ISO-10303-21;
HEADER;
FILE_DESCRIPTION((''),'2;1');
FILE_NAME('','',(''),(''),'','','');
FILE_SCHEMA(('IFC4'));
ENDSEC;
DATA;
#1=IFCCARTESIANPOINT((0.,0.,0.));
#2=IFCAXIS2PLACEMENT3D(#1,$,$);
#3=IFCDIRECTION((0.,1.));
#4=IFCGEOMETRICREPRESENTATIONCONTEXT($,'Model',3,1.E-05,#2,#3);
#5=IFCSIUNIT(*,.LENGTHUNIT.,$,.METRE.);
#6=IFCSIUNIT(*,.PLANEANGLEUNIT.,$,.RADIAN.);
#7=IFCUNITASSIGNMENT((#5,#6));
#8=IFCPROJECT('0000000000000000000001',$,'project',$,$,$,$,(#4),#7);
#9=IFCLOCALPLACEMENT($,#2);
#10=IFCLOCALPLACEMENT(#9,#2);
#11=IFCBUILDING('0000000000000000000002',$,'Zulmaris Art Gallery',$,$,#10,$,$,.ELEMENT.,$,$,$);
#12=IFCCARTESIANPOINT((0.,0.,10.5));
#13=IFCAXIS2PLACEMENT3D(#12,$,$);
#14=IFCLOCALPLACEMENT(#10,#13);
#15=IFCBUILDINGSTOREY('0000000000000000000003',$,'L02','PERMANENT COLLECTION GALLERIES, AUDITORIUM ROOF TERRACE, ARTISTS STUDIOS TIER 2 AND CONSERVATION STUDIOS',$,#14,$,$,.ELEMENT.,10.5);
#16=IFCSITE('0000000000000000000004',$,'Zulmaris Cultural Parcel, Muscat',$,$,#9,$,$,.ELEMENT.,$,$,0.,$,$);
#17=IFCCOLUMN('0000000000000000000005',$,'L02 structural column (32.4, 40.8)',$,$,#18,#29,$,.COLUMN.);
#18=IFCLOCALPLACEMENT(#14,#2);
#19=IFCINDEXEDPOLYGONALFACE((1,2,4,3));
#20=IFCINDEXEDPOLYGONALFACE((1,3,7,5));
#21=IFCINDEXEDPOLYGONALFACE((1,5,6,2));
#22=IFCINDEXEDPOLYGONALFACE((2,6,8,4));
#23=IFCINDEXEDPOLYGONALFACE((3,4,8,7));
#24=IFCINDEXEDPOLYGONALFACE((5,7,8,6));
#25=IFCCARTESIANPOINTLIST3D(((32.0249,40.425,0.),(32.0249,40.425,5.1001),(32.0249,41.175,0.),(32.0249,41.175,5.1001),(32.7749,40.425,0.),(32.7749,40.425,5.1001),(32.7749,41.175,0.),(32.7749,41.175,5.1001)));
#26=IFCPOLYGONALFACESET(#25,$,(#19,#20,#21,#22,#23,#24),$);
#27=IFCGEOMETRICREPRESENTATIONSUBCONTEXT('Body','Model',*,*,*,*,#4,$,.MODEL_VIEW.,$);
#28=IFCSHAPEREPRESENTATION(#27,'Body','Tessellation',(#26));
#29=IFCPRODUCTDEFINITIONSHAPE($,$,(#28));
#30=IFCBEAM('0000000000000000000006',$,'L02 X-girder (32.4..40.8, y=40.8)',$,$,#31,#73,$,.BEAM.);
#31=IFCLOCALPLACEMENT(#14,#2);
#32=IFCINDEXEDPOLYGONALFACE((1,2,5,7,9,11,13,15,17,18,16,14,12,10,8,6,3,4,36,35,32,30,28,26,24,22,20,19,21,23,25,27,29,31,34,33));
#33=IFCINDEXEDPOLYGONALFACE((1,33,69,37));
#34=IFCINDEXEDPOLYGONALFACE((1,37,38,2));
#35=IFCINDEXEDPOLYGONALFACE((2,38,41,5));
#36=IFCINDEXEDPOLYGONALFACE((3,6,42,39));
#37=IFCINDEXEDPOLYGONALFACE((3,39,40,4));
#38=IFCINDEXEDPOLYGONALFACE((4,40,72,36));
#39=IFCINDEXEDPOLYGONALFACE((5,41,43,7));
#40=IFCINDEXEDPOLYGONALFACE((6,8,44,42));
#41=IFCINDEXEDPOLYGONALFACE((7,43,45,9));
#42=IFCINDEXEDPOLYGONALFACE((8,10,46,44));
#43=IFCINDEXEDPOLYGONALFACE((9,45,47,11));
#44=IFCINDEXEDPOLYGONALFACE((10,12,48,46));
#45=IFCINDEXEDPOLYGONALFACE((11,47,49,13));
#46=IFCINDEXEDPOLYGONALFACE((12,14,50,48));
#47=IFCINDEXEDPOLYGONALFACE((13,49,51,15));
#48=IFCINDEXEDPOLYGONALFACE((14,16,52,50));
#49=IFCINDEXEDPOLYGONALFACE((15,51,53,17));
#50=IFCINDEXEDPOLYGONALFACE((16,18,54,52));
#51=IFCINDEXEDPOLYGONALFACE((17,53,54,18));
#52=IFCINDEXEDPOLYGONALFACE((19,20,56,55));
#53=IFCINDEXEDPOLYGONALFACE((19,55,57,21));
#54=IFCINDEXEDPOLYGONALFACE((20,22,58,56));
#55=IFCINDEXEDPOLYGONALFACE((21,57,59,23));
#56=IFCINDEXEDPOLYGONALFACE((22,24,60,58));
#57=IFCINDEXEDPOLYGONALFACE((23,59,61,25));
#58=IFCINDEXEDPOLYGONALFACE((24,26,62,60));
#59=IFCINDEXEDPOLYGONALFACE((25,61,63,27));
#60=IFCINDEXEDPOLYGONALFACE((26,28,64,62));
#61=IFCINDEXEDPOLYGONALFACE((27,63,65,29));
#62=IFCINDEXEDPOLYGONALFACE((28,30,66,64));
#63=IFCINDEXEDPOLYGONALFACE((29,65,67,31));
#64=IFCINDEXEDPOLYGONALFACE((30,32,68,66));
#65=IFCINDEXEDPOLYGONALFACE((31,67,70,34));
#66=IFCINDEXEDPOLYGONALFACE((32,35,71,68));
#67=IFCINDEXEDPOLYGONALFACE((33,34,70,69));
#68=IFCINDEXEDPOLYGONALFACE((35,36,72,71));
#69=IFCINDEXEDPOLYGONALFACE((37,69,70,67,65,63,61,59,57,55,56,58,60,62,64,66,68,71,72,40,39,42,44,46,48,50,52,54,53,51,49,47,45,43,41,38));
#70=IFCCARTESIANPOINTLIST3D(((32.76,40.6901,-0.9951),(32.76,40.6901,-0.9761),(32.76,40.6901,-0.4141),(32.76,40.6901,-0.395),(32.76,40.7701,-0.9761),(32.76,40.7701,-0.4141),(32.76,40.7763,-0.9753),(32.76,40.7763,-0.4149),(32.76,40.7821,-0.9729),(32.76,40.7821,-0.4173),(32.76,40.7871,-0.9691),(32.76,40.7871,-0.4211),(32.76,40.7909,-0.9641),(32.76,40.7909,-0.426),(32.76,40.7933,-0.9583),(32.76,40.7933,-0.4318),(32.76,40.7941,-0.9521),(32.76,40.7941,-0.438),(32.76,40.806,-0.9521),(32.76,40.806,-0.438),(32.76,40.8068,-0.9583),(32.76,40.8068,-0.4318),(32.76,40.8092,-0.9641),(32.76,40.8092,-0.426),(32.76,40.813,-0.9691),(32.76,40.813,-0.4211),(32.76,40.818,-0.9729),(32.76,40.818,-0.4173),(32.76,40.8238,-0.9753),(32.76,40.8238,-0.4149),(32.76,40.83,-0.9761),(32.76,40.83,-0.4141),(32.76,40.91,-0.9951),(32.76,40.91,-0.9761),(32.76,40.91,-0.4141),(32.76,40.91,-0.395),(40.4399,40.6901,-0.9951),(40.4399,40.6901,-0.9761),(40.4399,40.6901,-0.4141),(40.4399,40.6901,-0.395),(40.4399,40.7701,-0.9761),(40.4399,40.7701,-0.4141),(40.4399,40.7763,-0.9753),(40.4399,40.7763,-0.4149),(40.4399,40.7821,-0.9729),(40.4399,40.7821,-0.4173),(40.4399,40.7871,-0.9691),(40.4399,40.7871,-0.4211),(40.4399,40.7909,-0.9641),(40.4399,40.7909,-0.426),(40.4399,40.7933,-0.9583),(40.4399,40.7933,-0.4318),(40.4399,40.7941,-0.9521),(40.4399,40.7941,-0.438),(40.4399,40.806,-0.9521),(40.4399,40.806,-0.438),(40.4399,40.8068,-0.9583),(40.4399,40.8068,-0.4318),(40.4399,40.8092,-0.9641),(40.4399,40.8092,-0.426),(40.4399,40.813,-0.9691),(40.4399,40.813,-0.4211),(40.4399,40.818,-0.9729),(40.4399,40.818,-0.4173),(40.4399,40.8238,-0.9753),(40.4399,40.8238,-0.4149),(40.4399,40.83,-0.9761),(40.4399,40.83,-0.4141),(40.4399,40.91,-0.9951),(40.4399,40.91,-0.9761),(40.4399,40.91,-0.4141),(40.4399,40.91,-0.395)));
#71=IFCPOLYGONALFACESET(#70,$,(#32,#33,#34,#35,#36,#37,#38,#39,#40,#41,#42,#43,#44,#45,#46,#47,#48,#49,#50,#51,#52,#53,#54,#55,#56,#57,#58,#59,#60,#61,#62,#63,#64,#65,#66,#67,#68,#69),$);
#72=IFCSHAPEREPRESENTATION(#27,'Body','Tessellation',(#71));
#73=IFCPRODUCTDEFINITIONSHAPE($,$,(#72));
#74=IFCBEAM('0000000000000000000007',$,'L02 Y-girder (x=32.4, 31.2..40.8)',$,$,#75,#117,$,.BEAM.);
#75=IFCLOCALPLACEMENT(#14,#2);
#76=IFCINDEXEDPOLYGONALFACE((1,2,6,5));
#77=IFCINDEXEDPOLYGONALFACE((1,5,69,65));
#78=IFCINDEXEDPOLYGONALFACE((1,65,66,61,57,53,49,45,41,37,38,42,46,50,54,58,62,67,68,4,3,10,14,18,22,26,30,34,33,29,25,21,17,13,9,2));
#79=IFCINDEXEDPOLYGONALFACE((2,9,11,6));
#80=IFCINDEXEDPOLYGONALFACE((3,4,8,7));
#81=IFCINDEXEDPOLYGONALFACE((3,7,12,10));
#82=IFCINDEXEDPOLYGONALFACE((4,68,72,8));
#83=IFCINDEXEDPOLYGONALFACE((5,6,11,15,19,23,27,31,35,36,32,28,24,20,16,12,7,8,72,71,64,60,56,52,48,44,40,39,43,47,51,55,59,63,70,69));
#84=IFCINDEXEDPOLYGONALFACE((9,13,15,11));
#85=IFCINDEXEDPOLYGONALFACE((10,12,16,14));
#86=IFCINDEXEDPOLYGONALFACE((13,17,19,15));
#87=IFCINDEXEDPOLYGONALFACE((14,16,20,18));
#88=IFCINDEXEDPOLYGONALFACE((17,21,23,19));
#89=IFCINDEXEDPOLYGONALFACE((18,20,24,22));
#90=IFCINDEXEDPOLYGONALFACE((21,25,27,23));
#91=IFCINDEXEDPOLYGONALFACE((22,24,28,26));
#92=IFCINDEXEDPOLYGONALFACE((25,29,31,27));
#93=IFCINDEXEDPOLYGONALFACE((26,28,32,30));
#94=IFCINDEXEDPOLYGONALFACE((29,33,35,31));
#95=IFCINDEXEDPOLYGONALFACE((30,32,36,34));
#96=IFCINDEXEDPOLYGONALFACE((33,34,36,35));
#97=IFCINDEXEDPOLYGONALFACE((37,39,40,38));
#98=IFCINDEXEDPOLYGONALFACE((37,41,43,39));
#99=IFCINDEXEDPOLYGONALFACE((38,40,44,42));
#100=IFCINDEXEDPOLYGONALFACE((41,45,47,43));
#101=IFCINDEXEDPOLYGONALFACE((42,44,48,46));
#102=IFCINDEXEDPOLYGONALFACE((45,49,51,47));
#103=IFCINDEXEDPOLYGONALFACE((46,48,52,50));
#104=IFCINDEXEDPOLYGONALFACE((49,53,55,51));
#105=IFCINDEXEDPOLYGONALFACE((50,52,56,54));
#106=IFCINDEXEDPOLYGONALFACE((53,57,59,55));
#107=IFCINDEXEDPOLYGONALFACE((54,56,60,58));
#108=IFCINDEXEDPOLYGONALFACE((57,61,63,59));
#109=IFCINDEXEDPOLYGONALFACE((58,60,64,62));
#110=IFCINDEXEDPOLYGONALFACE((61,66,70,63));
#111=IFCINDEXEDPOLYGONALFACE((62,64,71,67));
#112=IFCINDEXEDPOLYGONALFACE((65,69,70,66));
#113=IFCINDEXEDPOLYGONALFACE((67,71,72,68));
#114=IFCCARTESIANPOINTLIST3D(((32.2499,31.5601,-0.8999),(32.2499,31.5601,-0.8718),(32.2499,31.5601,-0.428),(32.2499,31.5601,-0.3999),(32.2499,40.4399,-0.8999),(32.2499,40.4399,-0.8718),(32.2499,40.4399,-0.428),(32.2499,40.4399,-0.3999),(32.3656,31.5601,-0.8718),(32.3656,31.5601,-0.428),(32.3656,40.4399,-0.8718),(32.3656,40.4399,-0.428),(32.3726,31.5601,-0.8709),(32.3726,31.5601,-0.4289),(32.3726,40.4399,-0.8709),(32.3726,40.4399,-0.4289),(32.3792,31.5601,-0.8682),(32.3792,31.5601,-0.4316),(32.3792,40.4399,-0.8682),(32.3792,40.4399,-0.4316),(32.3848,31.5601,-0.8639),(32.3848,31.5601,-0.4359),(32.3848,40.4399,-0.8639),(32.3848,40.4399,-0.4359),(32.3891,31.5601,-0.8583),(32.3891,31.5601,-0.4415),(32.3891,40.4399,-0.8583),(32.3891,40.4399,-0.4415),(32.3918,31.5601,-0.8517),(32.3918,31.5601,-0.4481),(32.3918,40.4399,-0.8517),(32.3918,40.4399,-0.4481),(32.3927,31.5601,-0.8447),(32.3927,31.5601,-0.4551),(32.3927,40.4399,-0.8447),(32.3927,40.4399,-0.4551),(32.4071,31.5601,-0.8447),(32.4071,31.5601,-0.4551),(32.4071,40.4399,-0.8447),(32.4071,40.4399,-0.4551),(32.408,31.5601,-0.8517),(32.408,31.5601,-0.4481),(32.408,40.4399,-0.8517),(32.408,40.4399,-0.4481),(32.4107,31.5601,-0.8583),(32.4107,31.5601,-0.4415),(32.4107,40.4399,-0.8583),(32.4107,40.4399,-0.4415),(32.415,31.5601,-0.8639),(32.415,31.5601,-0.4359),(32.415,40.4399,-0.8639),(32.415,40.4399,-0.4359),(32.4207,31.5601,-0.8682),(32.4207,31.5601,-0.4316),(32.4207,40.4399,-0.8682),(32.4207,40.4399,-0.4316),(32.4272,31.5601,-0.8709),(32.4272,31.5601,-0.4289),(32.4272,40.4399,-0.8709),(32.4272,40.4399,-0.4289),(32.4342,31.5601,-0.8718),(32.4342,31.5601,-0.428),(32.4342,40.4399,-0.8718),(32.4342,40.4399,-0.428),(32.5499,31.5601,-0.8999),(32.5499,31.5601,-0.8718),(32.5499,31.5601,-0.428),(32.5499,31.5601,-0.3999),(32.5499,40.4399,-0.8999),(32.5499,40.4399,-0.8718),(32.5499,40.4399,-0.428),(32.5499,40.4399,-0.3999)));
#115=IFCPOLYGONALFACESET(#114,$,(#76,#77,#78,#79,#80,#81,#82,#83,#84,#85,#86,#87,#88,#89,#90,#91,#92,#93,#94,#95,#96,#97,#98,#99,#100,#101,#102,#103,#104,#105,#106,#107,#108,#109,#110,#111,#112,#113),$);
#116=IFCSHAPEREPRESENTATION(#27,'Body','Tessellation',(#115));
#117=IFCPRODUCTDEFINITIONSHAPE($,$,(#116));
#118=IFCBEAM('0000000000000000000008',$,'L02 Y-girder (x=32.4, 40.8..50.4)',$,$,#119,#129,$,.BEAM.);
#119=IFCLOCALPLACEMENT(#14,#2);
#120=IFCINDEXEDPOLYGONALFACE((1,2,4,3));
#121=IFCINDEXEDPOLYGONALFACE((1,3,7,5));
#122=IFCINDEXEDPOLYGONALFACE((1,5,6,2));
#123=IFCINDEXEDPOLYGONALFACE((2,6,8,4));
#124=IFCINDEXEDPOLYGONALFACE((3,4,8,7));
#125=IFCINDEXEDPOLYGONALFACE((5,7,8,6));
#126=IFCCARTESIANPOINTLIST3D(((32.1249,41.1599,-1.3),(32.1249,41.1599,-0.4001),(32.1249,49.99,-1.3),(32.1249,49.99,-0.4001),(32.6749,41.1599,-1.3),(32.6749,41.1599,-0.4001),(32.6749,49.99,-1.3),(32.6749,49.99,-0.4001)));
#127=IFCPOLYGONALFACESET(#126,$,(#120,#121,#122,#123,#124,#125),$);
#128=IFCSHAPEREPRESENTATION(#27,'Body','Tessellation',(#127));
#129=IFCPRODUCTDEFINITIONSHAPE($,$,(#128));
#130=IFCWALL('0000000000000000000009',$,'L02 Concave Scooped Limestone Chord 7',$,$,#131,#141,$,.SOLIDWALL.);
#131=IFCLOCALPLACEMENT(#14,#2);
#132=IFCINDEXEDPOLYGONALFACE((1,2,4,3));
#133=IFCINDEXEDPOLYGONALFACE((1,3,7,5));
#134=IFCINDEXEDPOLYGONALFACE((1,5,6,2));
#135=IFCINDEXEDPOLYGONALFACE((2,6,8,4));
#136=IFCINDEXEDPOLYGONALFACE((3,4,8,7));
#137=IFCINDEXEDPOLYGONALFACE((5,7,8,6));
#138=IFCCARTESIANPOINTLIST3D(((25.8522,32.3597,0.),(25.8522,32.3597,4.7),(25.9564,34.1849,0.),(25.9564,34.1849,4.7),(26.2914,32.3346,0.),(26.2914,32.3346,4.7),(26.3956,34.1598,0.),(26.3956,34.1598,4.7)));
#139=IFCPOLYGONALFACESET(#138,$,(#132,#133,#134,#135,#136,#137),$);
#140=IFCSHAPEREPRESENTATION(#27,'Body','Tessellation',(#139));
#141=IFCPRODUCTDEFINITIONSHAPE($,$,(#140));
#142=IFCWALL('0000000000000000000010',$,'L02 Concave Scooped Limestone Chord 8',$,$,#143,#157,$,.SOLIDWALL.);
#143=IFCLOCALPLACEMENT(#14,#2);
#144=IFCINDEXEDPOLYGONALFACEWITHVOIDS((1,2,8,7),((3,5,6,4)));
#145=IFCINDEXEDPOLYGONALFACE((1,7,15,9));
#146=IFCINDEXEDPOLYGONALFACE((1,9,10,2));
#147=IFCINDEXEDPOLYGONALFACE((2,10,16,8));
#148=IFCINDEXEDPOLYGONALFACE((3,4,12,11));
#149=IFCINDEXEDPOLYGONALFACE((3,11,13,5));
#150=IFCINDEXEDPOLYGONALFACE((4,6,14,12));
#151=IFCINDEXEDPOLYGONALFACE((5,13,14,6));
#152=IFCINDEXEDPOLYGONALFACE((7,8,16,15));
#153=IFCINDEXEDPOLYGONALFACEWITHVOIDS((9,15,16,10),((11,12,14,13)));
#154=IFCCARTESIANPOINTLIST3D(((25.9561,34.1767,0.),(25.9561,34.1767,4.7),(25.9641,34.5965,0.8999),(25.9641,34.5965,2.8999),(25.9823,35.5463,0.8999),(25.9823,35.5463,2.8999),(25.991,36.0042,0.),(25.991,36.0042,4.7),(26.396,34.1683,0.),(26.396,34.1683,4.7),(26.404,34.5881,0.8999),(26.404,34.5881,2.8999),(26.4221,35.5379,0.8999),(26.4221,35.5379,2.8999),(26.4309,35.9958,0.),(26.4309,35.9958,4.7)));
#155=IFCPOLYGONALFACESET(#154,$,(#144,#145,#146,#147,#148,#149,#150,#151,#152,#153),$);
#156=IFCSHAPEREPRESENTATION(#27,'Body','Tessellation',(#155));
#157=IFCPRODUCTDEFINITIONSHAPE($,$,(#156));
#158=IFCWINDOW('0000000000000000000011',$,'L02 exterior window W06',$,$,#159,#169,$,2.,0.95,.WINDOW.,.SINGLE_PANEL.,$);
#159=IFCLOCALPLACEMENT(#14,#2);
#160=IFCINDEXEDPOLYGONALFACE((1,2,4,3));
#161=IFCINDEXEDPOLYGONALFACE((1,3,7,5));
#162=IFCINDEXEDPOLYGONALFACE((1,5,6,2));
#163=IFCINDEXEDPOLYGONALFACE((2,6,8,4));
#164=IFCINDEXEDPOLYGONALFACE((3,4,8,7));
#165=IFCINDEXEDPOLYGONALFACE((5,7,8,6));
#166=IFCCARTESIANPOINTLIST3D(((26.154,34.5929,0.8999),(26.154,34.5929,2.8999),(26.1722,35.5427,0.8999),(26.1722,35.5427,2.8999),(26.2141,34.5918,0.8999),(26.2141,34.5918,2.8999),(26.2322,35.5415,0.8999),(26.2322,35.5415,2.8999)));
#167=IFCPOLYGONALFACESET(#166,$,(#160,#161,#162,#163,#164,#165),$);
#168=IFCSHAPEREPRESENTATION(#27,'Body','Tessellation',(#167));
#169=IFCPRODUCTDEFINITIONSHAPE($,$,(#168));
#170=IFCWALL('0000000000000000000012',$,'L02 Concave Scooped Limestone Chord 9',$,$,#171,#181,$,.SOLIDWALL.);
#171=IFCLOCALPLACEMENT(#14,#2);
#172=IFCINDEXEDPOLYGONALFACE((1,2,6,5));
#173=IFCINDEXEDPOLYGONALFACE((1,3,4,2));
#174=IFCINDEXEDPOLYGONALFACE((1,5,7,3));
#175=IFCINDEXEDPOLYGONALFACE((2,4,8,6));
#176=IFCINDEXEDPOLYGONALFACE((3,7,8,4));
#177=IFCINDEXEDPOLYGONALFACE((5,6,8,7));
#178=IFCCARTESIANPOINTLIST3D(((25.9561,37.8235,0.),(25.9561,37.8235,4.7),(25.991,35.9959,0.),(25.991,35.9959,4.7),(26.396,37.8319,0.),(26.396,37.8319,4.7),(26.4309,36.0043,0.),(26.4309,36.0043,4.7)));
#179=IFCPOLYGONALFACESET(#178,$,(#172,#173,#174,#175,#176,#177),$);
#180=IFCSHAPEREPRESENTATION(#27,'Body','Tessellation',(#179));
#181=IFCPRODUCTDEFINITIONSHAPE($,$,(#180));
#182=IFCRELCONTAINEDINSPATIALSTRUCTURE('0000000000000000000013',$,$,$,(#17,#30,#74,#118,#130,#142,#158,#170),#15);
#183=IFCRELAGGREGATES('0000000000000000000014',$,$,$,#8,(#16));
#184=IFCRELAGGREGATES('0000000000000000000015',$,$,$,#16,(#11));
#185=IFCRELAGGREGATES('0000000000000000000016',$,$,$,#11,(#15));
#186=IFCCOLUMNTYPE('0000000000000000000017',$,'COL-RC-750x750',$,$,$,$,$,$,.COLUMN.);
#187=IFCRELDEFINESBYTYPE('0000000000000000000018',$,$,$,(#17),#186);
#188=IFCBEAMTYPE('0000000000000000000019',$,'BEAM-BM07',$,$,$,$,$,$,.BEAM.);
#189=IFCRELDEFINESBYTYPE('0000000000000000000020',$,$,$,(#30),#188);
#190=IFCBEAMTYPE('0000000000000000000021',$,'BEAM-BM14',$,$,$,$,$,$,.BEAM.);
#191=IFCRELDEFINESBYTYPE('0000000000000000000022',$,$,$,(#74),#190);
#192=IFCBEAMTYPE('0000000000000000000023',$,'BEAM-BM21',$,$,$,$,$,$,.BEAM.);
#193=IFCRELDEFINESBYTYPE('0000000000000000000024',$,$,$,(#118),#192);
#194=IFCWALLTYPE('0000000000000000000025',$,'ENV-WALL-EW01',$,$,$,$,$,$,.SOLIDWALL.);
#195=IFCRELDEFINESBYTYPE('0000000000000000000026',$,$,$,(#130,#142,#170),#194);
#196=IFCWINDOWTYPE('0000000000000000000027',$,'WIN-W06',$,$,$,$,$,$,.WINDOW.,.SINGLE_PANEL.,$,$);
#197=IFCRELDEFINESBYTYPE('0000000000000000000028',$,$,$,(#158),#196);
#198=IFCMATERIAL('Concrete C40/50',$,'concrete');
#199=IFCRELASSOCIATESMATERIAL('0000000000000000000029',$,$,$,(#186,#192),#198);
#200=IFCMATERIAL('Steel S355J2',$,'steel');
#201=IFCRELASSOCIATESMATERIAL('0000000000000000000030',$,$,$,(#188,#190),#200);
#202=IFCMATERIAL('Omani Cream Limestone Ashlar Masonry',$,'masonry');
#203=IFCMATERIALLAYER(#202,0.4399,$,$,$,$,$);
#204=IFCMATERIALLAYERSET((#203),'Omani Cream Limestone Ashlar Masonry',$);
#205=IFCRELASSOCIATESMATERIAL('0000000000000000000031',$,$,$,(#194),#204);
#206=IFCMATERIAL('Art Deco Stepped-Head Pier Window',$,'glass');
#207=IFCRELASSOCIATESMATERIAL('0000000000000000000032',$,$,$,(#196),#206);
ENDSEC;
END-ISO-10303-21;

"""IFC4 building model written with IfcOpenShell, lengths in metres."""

from ifc_helpers import new_model, si_unit, direction, frame, frame_2d, origin, origin_2d, place, context, subcontext, project, spatial, rectangle, i_section, extrude, material, layer, layer_set, material_profile, profile_set, type_object, element, fill, save


model = new_model("IFC4")

# Units and contexts
model_context = context("Model", 3, precision=1e-05, world=origin(), true_north=direction((0.0, 1.0)))
body_context = subcontext(model_context, "Body", "Model", "MODEL_VIEW")
ifc_project = project(units=[si_unit("LENGTHUNIT", "METRE"), si_unit("PLANEANGLEUNIT", "RADIAN")], contexts=[model_context])

# Site, building, storey
site_placement = place(None, origin())
site = spatial("IfcSite", under=ifc_project, at=site_placement, Name="Zulmaris Cultural Parcel, Muscat", CompositionType="ELEMENT", RefElevation=0.0)
building_placement = place(site_placement, origin())
building = spatial("IfcBuilding", under=site, at=building_placement, Name="Zulmaris Art Gallery", CompositionType="ELEMENT")
storey_placement = place(building_placement, frame((0.0, 0.0, 10.5)))
storey = spatial("IfcBuildingStorey", under=building, at=storey_placement, Name="L02", Description="PERMANENT COLLECTION GALLERIES, AUDITORIUM ROOF TERRACE, ARTISTS STUDIOS TIER 2 AND CONSERVATION STUDIOS", CompositionType="ELEMENT", Elevation=10.5)

# Column
ifc_material_1 = material(Name="Concrete C40/50", Category="concrete")
ifc_material_profile_1 = material_profile(ifc_material_1, rectangle(XDim=0.75, YDim=0.75, at=origin_2d()), Name="RC 750x750")
ifc_profile_set_1 = profile_set([ifc_material_profile_1], Name="Concrete C40/50")
column_type = type_object("IfcColumnType", Name="COL-RC-750x750", PredefinedType="COLUMN", material=ifc_profile_set_1)
column_placement = place(storey_placement, frame((32.3999, 40.8, 0.0), z_axis=(0.0, 0.0, 1.0), x_axis=(1.0, 0.0, 0.0)))
element("IfcColumn", 1, at=column_placement, inside=storey, type_object=column_type, Name="L02 structural column (32.4, 40.8)", PredefinedType="COLUMN", context=body_context, shape_type="SweptSolid", body=[
    extrude(rectangle(XDim=0.75, YDim=0.75, at=origin_2d()), origin(), (0.0, 0.0, 1.0), 5.1001),
])

# Beams
ifc_material_2 = material(Name="Steel S355J2", Category="steel")
ifc_material_profile_2 = material_profile(ifc_material_2, i_section(OverallWidth=0.22, OverallDepth=0.6001, WebThickness=0.012, FlangeThickness=0.019, FilletRadius=0.0239, at=origin_2d()), Name="IPE 600")
ifc_profile_set_2 = profile_set([ifc_material_profile_2], Name="Steel S355J2")
beam_type_1 = type_object("IfcBeamType", Name="BEAM-BM07", PredefinedType="BEAM", material=ifc_profile_set_2)
beam_1_placement = place(storey_placement, frame((32.76, 40.8, -0.6951), z_axis=(1.0, 0.0, 0.0), x_axis=(0.0, 1.0, 0.0)))
element("IfcBeam", 2, at=beam_1_placement, inside=storey, type_object=beam_type_1, Name="L02 X-girder (32.4..40.8, y=40.8)", PredefinedType="BEAM", context=body_context, shape_type="SweptSolid", body=[
    extrude(i_section(OverallWidth=0.22, OverallDepth=0.6001, WebThickness=0.012, FlangeThickness=0.019, FilletRadius=0.0239, at=origin_2d()), origin(), (0.0, 0.0, 1.0), 7.6799),
])
ifc_material_profile_3 = material_profile(ifc_material_2, i_section(OverallWidth=0.3, OverallDepth=0.5, WebThickness=0.0144, FlangeThickness=0.0281, FilletRadius=0.0271, at=origin_2d()), Name="HEB 500")
ifc_profile_set_3 = profile_set([ifc_material_profile_3], Name="Steel S355J2")
beam_type_2 = type_object("IfcBeamType", Name="BEAM-BM14", PredefinedType="BEAM", material=ifc_profile_set_3)
beam_2_placement = place(storey_placement, frame((32.3999, 31.5601, -0.6499), z_axis=(0.0, 1.0, 0.0), x_axis=(-1.0, 0.0, 0.0)))
element("IfcBeam", 3, at=beam_2_placement, inside=storey, type_object=beam_type_2, Name="L02 Y-girder (x=32.4, 31.2..40.8)", PredefinedType="BEAM", context=body_context, shape_type="SweptSolid", body=[
    extrude(i_section(OverallWidth=0.3, OverallDepth=0.5, WebThickness=0.0144, FlangeThickness=0.0281, FilletRadius=0.0271, at=origin_2d()), origin(), (0.0, 0.0, 1.0), 8.8799),
])
ifc_material_profile_4 = material_profile(ifc_material_1, rectangle(XDim=0.55, YDim=0.8999, at=origin_2d()), Name="RC 550x900")
ifc_profile_set_4 = profile_set([ifc_material_profile_4], Name="Concrete C40/50")
beam_type_3 = type_object("IfcBeamType", Name="BEAM-BM21", PredefinedType="BEAM", material=ifc_profile_set_4)
beam_3_placement = place(storey_placement, frame((32.3999, 41.1599, -0.8501), z_axis=(0.0, 1.0, 0.0), x_axis=(-1.0, 0.0, 0.0)))
element("IfcBeam", 4, at=beam_3_placement, inside=storey, type_object=beam_type_3, Name="L02 Y-girder (x=32.4, 40.8..50.4)", PredefinedType="BEAM", context=body_context, shape_type="SweptSolid", body=[
    extrude(rectangle(XDim=0.55, YDim=0.8999, at=origin_2d()), origin(), (0.0, 0.0, 1.0), 8.8301),
])

# Wall
ifc_material_3 = material(Name="Omani Cream Limestone Ashlar Masonry", Category="masonry")
ifc_layer_1 = layer(ifc_material_3, 0.4399)
ifc_layer_set_1 = layer_set([ifc_layer_1], Name="Omani Cream Limestone Ashlar Masonry")
wall_type_1 = type_object("IfcWallType", Name="ENV-WALL-EW01", PredefinedType="SOLIDWALL", material=ifc_layer_set_1)
wall_1_placement = place(storey_placement, frame((26.0718, 32.3472, 0.0), z_axis=(0.0, 0.0, 1.0), x_axis=(0.057023, 0.998373, 0.0)))
element("IfcWall", 5, at=wall_1_placement, inside=storey, type_object=wall_type_1, Name="L02 Concave Scooped Limestone Chord 7", PredefinedType="SOLIDWALL", context=body_context, shape_type="SweptSolid", body=[
    extrude(rectangle(XDim=1.8281, YDim=0.4399, at=frame_2d((0.9141, 0.0))), origin(), (0.0, 0.0, 1.0), 4.7),
])

# Wall, opening, window
wall_2_placement = place(storey_placement, frame((26.176, 34.1724, 0.0), z_axis=(0.0, 0.0, 1.0), x_axis=(0.019099, 0.999818, 0.0)))
wall_2 = element("IfcWall", 6, at=wall_2_placement, inside=storey, type_object=wall_type_1, Name="L02 Concave Scooped Limestone Chord 8", PredefinedType="SOLIDWALL", context=body_context, shape_type="SweptSolid", body=[
    extrude(rectangle(XDim=1.8279, YDim=0.4399, at=frame_2d((0.9141, 0.0))), origin(), (0.0, 0.0, 1.0), 4.7),
])
opening_1_placement = place(wall_2_placement, frame((0.4199, 0.0, 0.8999)))
opening_1 = element("IfcOpeningElement", 7, at=opening_1_placement, cuts=wall_2, PredefinedType="OPENING", context=body_context, shape_type="SweptSolid", body=[
    extrude(rectangle(XDim=0.95, YDim=2.0, at=frame_2d((0.4751, 1.0))), frame((0.0, 0.23, 0.0), z_axis=(0.0, -1.0, 0.0), x_axis=(1.0, 0.0, 0.0)), (0.0, 0.0, 1.0), 0.46),
])
ifc_material_4 = material(Name="Art Deco Stepped-Head Pier Window", Category="glass")
window_type = type_object("IfcWindowType", Name="WIN-W06", PartitioningType="SINGLE_PANEL", PredefinedType="WINDOW", material=ifc_material_4)
window_1_placement = place(opening_1_placement, origin())
window_1 = element("IfcWindow", 8, at=window_1_placement, inside=storey, type_object=window_type, Name="L02 exterior window W06", OverallHeight=2.0, OverallWidth=0.95, PartitioningType="SINGLE_PANEL", PredefinedType="WINDOW", context=body_context, shape_type="SweptSolid", body=[
    extrude(rectangle(XDim=0.95, YDim=2.0, at=frame_2d((0.4751, 1.0))), frame((0.0, 0.03, 0.0), z_axis=(0.0, -1.0, 0.0), x_axis=(1.0, 0.0, 0.0)), (0.0, 0.0, 1.0), 0.0601),
])
fill(opening_1, window_1)

# Wall
wall_3_placement = place(storey_placement, frame((26.2109, 36.0, 0.0), z_axis=(0.0, 0.0, 1.0), x_axis=(-0.019099, 0.999818, 0.0)))
element("IfcWall", 9, at=wall_3_placement, inside=storey, type_object=wall_type_1, Name="L02 Concave Scooped Limestone Chord 9", PredefinedType="SOLIDWALL", context=body_context, shape_type="SweptSolid", body=[
    extrude(rectangle(XDim=1.8279, YDim=0.4399, at=frame_2d((0.9141, 0.0))), origin(), (0.0, 0.0, 1.0), 4.7),
])

save(model, "model.ifc")
